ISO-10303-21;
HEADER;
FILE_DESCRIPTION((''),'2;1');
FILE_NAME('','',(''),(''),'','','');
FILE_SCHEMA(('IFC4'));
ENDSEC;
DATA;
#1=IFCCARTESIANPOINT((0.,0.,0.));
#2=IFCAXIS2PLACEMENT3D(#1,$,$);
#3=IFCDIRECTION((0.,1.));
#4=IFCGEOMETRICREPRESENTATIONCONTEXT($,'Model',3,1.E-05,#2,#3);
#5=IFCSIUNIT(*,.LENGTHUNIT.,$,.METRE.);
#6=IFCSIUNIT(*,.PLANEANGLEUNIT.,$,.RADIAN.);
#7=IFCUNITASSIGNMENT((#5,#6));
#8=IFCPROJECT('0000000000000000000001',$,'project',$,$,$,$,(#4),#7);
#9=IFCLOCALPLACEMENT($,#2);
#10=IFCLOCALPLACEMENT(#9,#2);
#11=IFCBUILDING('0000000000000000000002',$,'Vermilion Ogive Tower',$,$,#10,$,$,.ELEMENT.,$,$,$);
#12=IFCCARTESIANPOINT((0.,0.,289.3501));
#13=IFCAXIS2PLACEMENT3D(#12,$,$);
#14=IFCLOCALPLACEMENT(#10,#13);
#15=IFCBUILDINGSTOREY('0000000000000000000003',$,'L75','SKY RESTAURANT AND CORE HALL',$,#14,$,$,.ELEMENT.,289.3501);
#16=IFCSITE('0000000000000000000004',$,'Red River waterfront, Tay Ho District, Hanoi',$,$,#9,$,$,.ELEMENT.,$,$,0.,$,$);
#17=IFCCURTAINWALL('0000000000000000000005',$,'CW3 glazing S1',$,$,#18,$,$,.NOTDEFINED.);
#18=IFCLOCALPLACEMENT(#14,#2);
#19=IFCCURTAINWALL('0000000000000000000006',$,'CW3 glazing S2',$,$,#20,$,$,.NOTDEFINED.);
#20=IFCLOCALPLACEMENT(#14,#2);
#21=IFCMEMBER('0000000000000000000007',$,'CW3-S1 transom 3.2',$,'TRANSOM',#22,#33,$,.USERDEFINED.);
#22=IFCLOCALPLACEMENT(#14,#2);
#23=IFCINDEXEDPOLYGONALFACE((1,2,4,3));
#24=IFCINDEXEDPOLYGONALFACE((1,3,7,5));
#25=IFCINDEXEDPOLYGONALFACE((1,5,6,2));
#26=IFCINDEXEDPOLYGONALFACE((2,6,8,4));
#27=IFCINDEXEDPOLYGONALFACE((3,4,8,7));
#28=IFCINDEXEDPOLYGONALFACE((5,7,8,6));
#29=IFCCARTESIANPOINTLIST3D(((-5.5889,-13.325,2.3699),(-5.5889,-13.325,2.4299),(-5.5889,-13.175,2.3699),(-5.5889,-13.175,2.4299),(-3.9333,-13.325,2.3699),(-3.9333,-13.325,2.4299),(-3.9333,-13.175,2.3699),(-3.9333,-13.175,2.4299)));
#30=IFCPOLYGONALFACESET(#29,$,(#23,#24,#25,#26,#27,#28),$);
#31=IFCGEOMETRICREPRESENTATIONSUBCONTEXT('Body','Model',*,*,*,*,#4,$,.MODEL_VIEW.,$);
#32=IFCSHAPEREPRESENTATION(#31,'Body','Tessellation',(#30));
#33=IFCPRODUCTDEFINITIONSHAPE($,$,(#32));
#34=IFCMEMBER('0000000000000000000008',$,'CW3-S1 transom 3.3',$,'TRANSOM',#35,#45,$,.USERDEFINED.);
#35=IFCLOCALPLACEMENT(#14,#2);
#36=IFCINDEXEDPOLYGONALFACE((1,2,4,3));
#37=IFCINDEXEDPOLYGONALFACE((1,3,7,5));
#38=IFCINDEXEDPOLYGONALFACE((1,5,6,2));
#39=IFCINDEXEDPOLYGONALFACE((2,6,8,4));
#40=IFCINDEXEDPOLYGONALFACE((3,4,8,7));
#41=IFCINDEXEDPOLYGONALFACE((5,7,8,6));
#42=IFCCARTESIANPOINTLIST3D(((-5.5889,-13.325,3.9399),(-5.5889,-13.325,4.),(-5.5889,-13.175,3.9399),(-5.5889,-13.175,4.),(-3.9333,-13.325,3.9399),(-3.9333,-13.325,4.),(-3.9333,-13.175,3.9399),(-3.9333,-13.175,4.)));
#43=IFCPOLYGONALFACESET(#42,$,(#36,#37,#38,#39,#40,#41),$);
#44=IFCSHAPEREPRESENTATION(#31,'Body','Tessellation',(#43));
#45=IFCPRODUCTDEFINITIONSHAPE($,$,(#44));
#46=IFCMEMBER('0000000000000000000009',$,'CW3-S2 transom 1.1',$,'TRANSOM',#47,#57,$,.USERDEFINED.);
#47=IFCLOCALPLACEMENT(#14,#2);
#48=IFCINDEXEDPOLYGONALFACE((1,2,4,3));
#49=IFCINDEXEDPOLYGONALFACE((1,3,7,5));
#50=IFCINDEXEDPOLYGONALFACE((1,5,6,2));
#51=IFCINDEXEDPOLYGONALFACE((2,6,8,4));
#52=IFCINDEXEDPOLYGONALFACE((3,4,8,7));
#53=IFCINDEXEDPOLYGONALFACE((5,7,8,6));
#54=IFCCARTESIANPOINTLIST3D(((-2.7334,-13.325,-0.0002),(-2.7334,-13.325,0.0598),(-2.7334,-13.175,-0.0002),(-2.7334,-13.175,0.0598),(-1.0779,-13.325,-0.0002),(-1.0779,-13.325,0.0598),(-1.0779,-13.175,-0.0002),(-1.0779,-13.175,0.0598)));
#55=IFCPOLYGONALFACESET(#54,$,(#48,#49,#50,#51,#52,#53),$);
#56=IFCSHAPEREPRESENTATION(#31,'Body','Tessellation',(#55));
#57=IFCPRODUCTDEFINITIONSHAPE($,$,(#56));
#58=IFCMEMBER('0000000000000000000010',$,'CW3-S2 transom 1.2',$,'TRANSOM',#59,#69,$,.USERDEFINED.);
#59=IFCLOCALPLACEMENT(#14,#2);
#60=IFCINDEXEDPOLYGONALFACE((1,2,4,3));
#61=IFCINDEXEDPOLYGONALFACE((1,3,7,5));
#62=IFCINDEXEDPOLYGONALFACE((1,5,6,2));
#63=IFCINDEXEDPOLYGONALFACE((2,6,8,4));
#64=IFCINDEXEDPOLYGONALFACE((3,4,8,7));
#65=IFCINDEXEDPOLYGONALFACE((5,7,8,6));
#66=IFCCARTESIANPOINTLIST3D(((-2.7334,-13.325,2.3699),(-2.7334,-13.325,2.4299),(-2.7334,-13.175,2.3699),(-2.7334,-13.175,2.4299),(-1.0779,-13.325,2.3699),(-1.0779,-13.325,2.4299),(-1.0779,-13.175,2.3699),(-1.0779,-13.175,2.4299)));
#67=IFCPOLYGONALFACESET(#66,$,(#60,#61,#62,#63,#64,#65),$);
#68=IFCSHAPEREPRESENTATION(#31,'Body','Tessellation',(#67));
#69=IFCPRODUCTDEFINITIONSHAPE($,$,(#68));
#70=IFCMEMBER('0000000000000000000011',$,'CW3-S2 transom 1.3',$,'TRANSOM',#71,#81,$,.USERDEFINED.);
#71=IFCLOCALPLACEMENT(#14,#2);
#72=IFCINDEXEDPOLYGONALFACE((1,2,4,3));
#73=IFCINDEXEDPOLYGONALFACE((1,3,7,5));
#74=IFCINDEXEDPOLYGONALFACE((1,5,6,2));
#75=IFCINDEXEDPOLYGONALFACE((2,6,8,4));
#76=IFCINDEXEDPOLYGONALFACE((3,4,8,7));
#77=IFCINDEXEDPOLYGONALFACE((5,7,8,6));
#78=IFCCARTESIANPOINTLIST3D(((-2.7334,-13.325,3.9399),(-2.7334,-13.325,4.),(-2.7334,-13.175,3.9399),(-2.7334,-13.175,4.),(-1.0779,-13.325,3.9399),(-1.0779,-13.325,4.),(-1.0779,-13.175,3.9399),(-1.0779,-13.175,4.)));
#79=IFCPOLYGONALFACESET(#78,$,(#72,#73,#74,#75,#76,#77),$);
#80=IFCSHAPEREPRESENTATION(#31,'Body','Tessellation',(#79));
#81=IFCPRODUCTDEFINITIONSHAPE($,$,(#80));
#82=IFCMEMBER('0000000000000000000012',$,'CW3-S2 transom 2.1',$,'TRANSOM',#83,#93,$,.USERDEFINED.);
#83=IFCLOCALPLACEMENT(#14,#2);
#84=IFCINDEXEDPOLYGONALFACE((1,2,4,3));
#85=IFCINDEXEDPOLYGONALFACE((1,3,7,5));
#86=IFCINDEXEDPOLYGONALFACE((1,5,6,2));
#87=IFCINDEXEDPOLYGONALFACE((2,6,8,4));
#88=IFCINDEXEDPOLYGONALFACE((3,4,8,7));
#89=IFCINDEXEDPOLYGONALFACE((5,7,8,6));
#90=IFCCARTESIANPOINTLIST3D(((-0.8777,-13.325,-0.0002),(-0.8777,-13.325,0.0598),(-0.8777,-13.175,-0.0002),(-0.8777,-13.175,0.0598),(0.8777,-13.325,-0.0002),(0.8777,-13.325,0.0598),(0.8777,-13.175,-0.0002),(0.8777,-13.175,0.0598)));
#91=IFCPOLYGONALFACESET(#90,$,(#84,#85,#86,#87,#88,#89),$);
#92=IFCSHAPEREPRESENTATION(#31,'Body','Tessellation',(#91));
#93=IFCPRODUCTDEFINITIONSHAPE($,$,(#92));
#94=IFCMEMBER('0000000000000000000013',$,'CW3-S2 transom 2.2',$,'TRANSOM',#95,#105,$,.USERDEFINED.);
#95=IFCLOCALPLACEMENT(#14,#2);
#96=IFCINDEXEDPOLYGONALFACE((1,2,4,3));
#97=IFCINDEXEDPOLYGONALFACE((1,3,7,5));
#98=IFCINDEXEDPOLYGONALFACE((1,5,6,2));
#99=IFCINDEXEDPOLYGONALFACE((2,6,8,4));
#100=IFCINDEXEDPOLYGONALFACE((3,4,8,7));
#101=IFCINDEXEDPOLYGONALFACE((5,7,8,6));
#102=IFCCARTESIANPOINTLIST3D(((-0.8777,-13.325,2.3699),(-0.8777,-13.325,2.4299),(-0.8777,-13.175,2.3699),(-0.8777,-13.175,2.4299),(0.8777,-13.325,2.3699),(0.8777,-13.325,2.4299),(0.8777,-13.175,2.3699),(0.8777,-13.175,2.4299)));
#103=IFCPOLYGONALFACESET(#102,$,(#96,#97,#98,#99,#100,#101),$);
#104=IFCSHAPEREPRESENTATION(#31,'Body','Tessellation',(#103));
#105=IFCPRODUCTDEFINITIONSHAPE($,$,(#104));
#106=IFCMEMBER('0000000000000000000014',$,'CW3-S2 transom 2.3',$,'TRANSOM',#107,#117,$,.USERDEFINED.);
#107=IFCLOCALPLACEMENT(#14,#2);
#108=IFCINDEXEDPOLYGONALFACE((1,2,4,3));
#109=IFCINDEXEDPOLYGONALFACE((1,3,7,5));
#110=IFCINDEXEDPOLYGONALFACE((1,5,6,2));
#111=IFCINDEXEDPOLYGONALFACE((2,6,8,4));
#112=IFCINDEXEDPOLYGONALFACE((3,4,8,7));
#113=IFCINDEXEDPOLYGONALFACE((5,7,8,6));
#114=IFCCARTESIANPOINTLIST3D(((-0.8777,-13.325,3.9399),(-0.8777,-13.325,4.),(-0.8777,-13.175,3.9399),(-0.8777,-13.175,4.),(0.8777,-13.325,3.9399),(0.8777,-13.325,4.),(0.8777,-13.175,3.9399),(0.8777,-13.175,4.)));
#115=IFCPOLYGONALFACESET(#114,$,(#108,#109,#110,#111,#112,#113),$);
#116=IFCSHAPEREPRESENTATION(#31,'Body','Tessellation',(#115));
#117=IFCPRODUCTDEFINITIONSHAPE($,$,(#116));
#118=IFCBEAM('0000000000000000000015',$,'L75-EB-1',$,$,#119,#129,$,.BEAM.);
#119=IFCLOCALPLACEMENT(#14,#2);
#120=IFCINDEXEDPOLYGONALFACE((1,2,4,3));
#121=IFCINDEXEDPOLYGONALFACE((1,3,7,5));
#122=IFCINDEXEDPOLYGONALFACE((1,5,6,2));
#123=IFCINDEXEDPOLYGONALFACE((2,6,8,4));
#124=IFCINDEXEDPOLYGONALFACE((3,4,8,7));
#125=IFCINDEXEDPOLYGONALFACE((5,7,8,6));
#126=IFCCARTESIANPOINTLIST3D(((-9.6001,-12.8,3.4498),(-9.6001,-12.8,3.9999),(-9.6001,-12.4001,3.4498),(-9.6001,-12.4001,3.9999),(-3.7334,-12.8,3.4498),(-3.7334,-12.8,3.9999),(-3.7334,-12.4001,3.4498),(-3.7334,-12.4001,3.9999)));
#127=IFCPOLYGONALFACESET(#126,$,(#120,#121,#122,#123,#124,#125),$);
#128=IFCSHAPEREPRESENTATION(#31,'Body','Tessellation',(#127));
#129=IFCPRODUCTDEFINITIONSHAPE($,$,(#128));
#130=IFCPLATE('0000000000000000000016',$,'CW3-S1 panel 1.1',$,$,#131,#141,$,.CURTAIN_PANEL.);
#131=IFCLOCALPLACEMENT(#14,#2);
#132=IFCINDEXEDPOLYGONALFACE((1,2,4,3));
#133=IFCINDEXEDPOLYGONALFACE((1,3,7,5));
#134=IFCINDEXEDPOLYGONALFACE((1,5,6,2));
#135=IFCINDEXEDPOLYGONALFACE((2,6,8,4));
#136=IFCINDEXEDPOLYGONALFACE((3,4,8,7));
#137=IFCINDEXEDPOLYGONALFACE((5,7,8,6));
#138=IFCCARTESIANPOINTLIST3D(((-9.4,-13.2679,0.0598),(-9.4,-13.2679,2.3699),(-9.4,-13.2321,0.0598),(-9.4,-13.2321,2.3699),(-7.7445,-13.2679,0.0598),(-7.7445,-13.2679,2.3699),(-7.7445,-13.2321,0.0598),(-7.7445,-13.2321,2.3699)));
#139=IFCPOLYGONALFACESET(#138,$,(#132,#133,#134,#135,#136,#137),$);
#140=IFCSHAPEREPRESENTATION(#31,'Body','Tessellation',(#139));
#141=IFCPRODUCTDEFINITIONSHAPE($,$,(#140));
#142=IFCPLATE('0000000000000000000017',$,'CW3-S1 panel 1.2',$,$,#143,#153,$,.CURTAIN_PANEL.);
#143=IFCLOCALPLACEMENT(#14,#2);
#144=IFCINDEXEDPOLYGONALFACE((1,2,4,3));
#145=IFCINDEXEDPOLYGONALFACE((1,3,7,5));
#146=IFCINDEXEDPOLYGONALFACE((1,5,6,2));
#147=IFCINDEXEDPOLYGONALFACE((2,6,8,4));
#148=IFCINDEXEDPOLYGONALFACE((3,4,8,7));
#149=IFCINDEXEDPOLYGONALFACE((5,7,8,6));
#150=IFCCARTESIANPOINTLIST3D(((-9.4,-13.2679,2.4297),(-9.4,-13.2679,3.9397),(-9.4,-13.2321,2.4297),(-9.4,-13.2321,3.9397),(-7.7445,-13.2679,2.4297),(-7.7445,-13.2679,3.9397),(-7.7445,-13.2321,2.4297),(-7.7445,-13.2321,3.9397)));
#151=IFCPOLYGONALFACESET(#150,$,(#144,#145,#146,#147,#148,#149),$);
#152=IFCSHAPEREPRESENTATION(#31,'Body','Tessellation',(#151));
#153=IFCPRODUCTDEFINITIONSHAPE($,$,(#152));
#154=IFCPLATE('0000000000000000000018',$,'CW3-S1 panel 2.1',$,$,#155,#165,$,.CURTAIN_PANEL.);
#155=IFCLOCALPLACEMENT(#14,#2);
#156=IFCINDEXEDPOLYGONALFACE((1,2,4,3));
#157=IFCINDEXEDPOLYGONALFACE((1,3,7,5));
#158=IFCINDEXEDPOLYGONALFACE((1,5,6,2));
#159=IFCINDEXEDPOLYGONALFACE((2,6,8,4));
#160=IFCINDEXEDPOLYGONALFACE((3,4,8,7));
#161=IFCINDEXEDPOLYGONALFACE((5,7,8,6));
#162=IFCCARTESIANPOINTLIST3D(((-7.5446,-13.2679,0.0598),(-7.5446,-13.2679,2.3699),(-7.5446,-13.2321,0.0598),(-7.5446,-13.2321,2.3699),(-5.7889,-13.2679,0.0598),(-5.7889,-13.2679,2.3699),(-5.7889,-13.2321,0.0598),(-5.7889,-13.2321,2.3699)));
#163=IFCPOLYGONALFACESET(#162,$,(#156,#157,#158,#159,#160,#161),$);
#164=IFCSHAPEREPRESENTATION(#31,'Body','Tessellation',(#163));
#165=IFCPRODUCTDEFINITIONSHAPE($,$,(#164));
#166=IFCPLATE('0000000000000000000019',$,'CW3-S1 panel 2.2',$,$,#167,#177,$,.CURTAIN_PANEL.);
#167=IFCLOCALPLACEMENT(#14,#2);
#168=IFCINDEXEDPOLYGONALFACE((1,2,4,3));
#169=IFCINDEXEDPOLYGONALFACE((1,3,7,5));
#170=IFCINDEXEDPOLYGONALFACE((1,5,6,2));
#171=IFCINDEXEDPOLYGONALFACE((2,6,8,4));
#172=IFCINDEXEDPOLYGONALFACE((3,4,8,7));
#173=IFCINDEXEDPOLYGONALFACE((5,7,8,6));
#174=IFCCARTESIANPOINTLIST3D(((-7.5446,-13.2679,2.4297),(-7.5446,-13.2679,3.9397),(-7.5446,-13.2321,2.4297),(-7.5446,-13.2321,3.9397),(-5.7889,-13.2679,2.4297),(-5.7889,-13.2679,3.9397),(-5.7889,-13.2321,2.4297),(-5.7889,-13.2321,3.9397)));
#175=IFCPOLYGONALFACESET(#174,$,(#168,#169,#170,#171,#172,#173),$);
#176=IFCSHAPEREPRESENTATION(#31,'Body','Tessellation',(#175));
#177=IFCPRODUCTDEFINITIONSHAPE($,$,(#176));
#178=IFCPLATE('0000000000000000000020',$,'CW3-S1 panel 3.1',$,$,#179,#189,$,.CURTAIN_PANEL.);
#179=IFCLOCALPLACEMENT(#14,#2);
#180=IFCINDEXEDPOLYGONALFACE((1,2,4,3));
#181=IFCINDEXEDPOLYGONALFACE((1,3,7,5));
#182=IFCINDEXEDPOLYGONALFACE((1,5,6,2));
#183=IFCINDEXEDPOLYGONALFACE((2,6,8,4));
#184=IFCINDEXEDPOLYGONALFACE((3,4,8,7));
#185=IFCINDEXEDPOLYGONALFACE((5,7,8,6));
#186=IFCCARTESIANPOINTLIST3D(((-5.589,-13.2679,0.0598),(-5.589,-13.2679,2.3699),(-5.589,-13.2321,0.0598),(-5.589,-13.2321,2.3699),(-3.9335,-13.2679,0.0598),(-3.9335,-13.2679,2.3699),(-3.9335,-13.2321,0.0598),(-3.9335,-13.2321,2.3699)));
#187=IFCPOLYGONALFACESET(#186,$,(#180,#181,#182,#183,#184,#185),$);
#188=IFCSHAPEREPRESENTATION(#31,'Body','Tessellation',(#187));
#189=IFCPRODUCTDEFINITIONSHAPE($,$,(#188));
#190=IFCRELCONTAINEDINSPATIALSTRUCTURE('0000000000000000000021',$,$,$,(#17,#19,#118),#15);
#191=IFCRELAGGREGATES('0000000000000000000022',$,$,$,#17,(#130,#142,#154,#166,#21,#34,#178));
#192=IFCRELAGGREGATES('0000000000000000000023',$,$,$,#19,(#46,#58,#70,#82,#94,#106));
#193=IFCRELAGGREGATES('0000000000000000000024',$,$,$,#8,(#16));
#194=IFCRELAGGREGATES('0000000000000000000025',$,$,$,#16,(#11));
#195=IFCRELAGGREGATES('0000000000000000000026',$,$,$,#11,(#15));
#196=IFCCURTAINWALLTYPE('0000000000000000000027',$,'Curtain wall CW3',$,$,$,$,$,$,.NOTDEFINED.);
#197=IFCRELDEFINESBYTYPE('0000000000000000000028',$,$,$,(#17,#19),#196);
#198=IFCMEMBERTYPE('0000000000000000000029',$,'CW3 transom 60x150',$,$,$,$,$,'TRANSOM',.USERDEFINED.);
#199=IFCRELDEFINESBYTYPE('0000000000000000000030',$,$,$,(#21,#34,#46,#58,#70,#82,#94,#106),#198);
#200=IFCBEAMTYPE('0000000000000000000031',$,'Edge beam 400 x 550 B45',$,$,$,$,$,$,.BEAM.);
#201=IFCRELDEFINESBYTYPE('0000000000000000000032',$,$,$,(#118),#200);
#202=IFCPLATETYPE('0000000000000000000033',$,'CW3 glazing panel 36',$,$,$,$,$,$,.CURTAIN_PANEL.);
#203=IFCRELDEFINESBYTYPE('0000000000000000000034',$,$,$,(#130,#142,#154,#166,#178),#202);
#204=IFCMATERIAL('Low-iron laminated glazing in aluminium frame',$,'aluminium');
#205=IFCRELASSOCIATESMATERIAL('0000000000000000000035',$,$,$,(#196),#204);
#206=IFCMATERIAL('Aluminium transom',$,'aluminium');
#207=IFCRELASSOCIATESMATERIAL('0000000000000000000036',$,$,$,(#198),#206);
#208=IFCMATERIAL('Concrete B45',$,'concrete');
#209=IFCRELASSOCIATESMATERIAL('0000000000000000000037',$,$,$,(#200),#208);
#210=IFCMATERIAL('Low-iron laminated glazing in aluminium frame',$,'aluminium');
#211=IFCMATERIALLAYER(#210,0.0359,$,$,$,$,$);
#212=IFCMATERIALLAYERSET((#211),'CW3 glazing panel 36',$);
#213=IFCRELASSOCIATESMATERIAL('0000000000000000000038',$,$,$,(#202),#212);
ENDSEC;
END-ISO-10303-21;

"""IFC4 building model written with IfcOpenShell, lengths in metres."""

from ifc_helpers import new_model, si_unit, direction, frame, origin, origin_2d, place, context, subcontext, project, spatial, rectangle, extrude, material, layer, layer_set, material_profile, profile_set, type_object, element, aggregate, save


model = new_model("IFC4")

# Units and contexts
model_context = context("Model", 3, precision=1e-05, world=origin(), true_north=direction((0.0, 1.0)))
body_context = subcontext(model_context, "Body", "Model", "MODEL_VIEW")
ifc_project = project(units=[si_unit("LENGTHUNIT", "METRE"), si_unit("PLANEANGLEUNIT", "RADIAN")], contexts=[model_context])

# Site, building, storey
site_placement = place(None, origin())
site = spatial("IfcSite", under=ifc_project, at=site_placement, Name="Red River waterfront, Tay Ho District, Hanoi", CompositionType="ELEMENT", RefElevation=0.0)
building_placement = place(site_placement, origin())
building = spatial("IfcBuilding", under=site, at=building_placement, Name="Vermilion Ogive Tower", CompositionType="ELEMENT")
storey_placement = place(building_placement, frame((0.0, 0.0, 289.3501)))
storey = spatial("IfcBuildingStorey", under=building, at=storey_placement, Name="L75", Description="SKY RESTAURANT AND CORE HALL", CompositionType="ELEMENT", Elevation=289.3501)

# Curtain walls
ifc_material_1 = material(Name="Low-iron laminated glazing in aluminium frame", Category="aluminium")
curtain_wall_type = type_object("IfcCurtainWallType", Name="Curtain wall CW3", PredefinedType="NOTDEFINED", material=ifc_material_1)
curtain_wall_1_placement = place(storey_placement, origin())
curtain_wall_1 = element("IfcCurtainWall", 1, at=curtain_wall_1_placement, inside=storey, type_object=curtain_wall_type, Name="CW3 glazing S1", PredefinedType="NOTDEFINED")
curtain_wall_2_placement = place(storey_placement, origin())
curtain_wall_2 = element("IfcCurtainWall", 2, at=curtain_wall_2_placement, inside=storey, type_object=curtain_wall_type, Name="CW3 glazing S2", PredefinedType="NOTDEFINED")

# Members
ifc_material_2 = material(Name="Aluminium transom", Category="aluminium")
ifc_material_profile_1 = material_profile(ifc_material_2, rectangle(XDim=0.1499, YDim=0.0601, at=origin_2d()), Name="AL 60x150")
ifc_profile_set_1 = profile_set([ifc_material_profile_1], Name="Aluminium transom")
member_type_1 = type_object("IfcMemberType", Name="CW3 transom 60x150", ElementType="TRANSOM", PredefinedType="USERDEFINED", material=ifc_profile_set_1)
member_1_placement = place(storey_placement, frame((-5.5889, -13.25, 2.3999), z_axis=(1.0, 0.0, 0.0), x_axis=(0.0, 1.0, 0.0)))
member_1 = element("IfcMember", 3, at=member_1_placement, type_object=member_type_1, Name="CW3-S1 transom 3.2", ObjectType="TRANSOM", PredefinedType="USERDEFINED", context=body_context, shape_type="SweptSolid", body=[
    extrude(rectangle(XDim=0.1499, YDim=0.0601, at=origin_2d()), origin(), (0.0, 0.0, 1.0), 1.6555),
])
member_2_placement = place(storey_placement, frame((-5.5889, -13.25, 3.97), z_axis=(1.0, 0.0, 0.0), x_axis=(0.0, 1.0, 0.0)))
member_2 = element("IfcMember", 4, at=member_2_placement, type_object=member_type_1, Name="CW3-S1 transom 3.3", ObjectType="TRANSOM", PredefinedType="USERDEFINED", context=body_context, shape_type="SweptSolid", body=[
    extrude(rectangle(XDim=0.1499, YDim=0.0601, at=origin_2d()), origin(), (0.0, 0.0, 1.0), 1.6555),
])
member_3_placement = place(storey_placement, frame((-2.7334, -13.25, 0.0298), z_axis=(1.0, 0.0, 0.0), x_axis=(0.0, 1.0, 0.0)))
member_3 = element("IfcMember", 5, at=member_3_placement, type_object=member_type_1, Name="CW3-S2 transom 1.1", ObjectType="TRANSOM", PredefinedType="USERDEFINED", context=body_context, shape_type="SweptSolid", body=[
    extrude(rectangle(XDim=0.1499, YDim=0.0601, at=origin_2d()), origin(), (0.0, 0.0, 1.0), 1.6555),
])
member_4_placement = place(storey_placement, frame((-2.7334, -13.25, 2.3999), z_axis=(1.0, 0.0, 0.0), x_axis=(0.0, 1.0, 0.0)))
member_4 = element("IfcMember", 6, at=member_4_placement, type_object=member_type_1, Name="CW3-S2 transom 1.2", ObjectType="TRANSOM", PredefinedType="USERDEFINED", context=body_context, shape_type="SweptSolid", body=[
    extrude(rectangle(XDim=0.1499, YDim=0.0601, at=origin_2d()), origin(), (0.0, 0.0, 1.0), 1.6555),
])
member_5_placement = place(storey_placement, frame((-2.7334, -13.25, 3.97), z_axis=(1.0, 0.0, 0.0), x_axis=(0.0, 1.0, 0.0)))
member_5 = element("IfcMember", 7, at=member_5_placement, type_object=member_type_1, Name="CW3-S2 transom 1.3", ObjectType="TRANSOM", PredefinedType="USERDEFINED", context=body_context, shape_type="SweptSolid", body=[
    extrude(rectangle(XDim=0.1499, YDim=0.0601, at=origin_2d()), origin(), (0.0, 0.0, 1.0), 1.6555),
])
member_6_placement = place(storey_placement, frame((-0.8777, -13.25, 0.0298), z_axis=(1.0, 0.0, 0.0), x_axis=(0.0, 1.0, 0.0)))
member_6 = element("IfcMember", 8, at=member_6_placement, type_object=member_type_1, Name="CW3-S2 transom 2.1", ObjectType="TRANSOM", PredefinedType="USERDEFINED", context=body_context, shape_type="SweptSolid", body=[
    extrude(rectangle(XDim=0.1499, YDim=0.0601, at=origin_2d()), origin(), (0.0, 0.0, 1.0), 1.7554),
])
member_7_placement = place(storey_placement, frame((-0.8777, -13.25, 2.3999), z_axis=(1.0, 0.0, 0.0), x_axis=(0.0, 1.0, 0.0)))
member_7 = element("IfcMember", 9, at=member_7_placement, type_object=member_type_1, Name="CW3-S2 transom 2.2", ObjectType="TRANSOM", PredefinedType="USERDEFINED", context=body_context, shape_type="SweptSolid", body=[
    extrude(rectangle(XDim=0.1499, YDim=0.0601, at=origin_2d()), origin(), (0.0, 0.0, 1.0), 1.7554),
])
member_8_placement = place(storey_placement, frame((-0.8777, -13.25, 3.97), z_axis=(1.0, 0.0, 0.0), x_axis=(0.0, 1.0, 0.0)))
member_8 = element("IfcMember", 10, at=member_8_placement, type_object=member_type_1, Name="CW3-S2 transom 2.3", ObjectType="TRANSOM", PredefinedType="USERDEFINED", context=body_context, shape_type="SweptSolid", body=[
    extrude(rectangle(XDim=0.1499, YDim=0.0601, at=origin_2d()), origin(), (0.0, 0.0, 1.0), 1.7554),
])

# Beam
ifc_material_3 = material(Name="Concrete B45", Category="concrete")
ifc_material_profile_2 = material_profile(ifc_material_3, rectangle(XDim=0.3999, YDim=0.55, at=origin_2d()), Name="400 x 550")
ifc_profile_set_2 = profile_set([ifc_material_profile_2], Name="Concrete B45")
beam_type = type_object("IfcBeamType", Name="Edge beam 400 x 550 B45", PredefinedType="BEAM", material=ifc_profile_set_2)
beam_placement = place(storey_placement, frame((-9.6001, -12.6001, 3.7249), z_axis=(1.0, 0.0, 0.0), x_axis=(0.0, 1.0, 0.0)))
element("IfcBeam", 11, at=beam_placement, inside=storey, type_object=beam_type, Name="L75-EB-1", PredefinedType="BEAM", context=body_context, shape_type="SweptSolid", body=[
    extrude(rectangle(XDim=0.3999, YDim=0.55, at=origin_2d()), origin(), (0.0, 0.0, 1.0), 5.8667),
])

# Plates
ifc_material_4 = material(Name="Low-iron laminated glazing in aluminium frame", Category="aluminium")
ifc_layer = layer(ifc_material_4, 0.0359)
ifc_layer_set = layer_set([ifc_layer], Name="CW3 glazing panel 36")
plate_type = type_object("IfcPlateType", Name="CW3 glazing panel 36", PredefinedType="CURTAIN_PANEL", material=ifc_layer_set)
plate_1_placement = place(storey_placement, frame((-8.5723, -13.25, 0.0598), z_axis=(0.0, 0.0, 1.0), x_axis=(1.0, 0.0, 0.0)))
plate_1 = element("IfcPlate", 12, at=plate_1_placement, type_object=plate_type, Name="CW3-S1 panel 1.1", PredefinedType="CURTAIN_PANEL", context=body_context, shape_type="SweptSolid", body=[
    extrude(rectangle(XDim=1.6555, YDim=0.0359, at=origin_2d()), origin(), (0.0, 0.0, 1.0), 2.3101),
])
plate_2_placement = place(storey_placement, frame((-8.5723, -13.25, 2.4297), z_axis=(0.0, 0.0, 1.0), x_axis=(1.0, 0.0, 0.0)))
plate_2 = element("IfcPlate", 13, at=plate_2_placement, type_object=plate_type, Name="CW3-S1 panel 1.2", PredefinedType="CURTAIN_PANEL", context=body_context, shape_type="SweptSolid", body=[
    extrude(rectangle(XDim=1.6555, YDim=0.0359, at=origin_2d()), origin(), (0.0, 0.0, 1.0), 1.51),
])
plate_3_placement = place(storey_placement, frame((-6.6667, -13.25, 0.0598), z_axis=(0.0, 0.0, 1.0), x_axis=(1.0, 0.0, 0.0)))
plate_3 = element("IfcPlate", 14, at=plate_3_placement, type_object=plate_type, Name="CW3-S1 panel 2.1", PredefinedType="CURTAIN_PANEL", context=body_context, shape_type="SweptSolid", body=[
    extrude(rectangle(XDim=1.7556, YDim=0.0359, at=origin_2d()), origin(), (0.0, 0.0, 1.0), 2.3101),
])
plate_4_placement = place(storey_placement, frame((-6.6667, -13.25, 2.4297), z_axis=(0.0, 0.0, 1.0), x_axis=(1.0, 0.0, 0.0)))
plate_4 = element("IfcPlate", 15, at=plate_4_placement, type_object=plate_type, Name="CW3-S1 panel 2.2", PredefinedType="CURTAIN_PANEL", context=body_context, shape_type="SweptSolid", body=[
    extrude(rectangle(XDim=1.7556, YDim=0.0359, at=origin_2d()), origin(), (0.0, 0.0, 1.0), 1.51),
])
plate_5_placement = place(storey_placement, frame((-4.7612, -13.25, 0.0598), z_axis=(0.0, 0.0, 1.0), x_axis=(1.0, 0.0, 0.0)))
plate_5 = element("IfcPlate", 16, at=plate_5_placement, type_object=plate_type, Name="CW3-S1 panel 3.1", PredefinedType="CURTAIN_PANEL", context=body_context, shape_type="SweptSolid", body=[
    extrude(rectangle(XDim=1.6555, YDim=0.0359, at=origin_2d()), origin(), (0.0, 0.0, 1.0), 2.3101),
])
aggregate(curtain_wall_1, [plate_1, plate_2, plate_3, plate_4, member_1, member_2, plate_5])
aggregate(curtain_wall_2, [member_3, member_4, member_5, member_6, member_7, member_8])

save(model, "model.ifc")
